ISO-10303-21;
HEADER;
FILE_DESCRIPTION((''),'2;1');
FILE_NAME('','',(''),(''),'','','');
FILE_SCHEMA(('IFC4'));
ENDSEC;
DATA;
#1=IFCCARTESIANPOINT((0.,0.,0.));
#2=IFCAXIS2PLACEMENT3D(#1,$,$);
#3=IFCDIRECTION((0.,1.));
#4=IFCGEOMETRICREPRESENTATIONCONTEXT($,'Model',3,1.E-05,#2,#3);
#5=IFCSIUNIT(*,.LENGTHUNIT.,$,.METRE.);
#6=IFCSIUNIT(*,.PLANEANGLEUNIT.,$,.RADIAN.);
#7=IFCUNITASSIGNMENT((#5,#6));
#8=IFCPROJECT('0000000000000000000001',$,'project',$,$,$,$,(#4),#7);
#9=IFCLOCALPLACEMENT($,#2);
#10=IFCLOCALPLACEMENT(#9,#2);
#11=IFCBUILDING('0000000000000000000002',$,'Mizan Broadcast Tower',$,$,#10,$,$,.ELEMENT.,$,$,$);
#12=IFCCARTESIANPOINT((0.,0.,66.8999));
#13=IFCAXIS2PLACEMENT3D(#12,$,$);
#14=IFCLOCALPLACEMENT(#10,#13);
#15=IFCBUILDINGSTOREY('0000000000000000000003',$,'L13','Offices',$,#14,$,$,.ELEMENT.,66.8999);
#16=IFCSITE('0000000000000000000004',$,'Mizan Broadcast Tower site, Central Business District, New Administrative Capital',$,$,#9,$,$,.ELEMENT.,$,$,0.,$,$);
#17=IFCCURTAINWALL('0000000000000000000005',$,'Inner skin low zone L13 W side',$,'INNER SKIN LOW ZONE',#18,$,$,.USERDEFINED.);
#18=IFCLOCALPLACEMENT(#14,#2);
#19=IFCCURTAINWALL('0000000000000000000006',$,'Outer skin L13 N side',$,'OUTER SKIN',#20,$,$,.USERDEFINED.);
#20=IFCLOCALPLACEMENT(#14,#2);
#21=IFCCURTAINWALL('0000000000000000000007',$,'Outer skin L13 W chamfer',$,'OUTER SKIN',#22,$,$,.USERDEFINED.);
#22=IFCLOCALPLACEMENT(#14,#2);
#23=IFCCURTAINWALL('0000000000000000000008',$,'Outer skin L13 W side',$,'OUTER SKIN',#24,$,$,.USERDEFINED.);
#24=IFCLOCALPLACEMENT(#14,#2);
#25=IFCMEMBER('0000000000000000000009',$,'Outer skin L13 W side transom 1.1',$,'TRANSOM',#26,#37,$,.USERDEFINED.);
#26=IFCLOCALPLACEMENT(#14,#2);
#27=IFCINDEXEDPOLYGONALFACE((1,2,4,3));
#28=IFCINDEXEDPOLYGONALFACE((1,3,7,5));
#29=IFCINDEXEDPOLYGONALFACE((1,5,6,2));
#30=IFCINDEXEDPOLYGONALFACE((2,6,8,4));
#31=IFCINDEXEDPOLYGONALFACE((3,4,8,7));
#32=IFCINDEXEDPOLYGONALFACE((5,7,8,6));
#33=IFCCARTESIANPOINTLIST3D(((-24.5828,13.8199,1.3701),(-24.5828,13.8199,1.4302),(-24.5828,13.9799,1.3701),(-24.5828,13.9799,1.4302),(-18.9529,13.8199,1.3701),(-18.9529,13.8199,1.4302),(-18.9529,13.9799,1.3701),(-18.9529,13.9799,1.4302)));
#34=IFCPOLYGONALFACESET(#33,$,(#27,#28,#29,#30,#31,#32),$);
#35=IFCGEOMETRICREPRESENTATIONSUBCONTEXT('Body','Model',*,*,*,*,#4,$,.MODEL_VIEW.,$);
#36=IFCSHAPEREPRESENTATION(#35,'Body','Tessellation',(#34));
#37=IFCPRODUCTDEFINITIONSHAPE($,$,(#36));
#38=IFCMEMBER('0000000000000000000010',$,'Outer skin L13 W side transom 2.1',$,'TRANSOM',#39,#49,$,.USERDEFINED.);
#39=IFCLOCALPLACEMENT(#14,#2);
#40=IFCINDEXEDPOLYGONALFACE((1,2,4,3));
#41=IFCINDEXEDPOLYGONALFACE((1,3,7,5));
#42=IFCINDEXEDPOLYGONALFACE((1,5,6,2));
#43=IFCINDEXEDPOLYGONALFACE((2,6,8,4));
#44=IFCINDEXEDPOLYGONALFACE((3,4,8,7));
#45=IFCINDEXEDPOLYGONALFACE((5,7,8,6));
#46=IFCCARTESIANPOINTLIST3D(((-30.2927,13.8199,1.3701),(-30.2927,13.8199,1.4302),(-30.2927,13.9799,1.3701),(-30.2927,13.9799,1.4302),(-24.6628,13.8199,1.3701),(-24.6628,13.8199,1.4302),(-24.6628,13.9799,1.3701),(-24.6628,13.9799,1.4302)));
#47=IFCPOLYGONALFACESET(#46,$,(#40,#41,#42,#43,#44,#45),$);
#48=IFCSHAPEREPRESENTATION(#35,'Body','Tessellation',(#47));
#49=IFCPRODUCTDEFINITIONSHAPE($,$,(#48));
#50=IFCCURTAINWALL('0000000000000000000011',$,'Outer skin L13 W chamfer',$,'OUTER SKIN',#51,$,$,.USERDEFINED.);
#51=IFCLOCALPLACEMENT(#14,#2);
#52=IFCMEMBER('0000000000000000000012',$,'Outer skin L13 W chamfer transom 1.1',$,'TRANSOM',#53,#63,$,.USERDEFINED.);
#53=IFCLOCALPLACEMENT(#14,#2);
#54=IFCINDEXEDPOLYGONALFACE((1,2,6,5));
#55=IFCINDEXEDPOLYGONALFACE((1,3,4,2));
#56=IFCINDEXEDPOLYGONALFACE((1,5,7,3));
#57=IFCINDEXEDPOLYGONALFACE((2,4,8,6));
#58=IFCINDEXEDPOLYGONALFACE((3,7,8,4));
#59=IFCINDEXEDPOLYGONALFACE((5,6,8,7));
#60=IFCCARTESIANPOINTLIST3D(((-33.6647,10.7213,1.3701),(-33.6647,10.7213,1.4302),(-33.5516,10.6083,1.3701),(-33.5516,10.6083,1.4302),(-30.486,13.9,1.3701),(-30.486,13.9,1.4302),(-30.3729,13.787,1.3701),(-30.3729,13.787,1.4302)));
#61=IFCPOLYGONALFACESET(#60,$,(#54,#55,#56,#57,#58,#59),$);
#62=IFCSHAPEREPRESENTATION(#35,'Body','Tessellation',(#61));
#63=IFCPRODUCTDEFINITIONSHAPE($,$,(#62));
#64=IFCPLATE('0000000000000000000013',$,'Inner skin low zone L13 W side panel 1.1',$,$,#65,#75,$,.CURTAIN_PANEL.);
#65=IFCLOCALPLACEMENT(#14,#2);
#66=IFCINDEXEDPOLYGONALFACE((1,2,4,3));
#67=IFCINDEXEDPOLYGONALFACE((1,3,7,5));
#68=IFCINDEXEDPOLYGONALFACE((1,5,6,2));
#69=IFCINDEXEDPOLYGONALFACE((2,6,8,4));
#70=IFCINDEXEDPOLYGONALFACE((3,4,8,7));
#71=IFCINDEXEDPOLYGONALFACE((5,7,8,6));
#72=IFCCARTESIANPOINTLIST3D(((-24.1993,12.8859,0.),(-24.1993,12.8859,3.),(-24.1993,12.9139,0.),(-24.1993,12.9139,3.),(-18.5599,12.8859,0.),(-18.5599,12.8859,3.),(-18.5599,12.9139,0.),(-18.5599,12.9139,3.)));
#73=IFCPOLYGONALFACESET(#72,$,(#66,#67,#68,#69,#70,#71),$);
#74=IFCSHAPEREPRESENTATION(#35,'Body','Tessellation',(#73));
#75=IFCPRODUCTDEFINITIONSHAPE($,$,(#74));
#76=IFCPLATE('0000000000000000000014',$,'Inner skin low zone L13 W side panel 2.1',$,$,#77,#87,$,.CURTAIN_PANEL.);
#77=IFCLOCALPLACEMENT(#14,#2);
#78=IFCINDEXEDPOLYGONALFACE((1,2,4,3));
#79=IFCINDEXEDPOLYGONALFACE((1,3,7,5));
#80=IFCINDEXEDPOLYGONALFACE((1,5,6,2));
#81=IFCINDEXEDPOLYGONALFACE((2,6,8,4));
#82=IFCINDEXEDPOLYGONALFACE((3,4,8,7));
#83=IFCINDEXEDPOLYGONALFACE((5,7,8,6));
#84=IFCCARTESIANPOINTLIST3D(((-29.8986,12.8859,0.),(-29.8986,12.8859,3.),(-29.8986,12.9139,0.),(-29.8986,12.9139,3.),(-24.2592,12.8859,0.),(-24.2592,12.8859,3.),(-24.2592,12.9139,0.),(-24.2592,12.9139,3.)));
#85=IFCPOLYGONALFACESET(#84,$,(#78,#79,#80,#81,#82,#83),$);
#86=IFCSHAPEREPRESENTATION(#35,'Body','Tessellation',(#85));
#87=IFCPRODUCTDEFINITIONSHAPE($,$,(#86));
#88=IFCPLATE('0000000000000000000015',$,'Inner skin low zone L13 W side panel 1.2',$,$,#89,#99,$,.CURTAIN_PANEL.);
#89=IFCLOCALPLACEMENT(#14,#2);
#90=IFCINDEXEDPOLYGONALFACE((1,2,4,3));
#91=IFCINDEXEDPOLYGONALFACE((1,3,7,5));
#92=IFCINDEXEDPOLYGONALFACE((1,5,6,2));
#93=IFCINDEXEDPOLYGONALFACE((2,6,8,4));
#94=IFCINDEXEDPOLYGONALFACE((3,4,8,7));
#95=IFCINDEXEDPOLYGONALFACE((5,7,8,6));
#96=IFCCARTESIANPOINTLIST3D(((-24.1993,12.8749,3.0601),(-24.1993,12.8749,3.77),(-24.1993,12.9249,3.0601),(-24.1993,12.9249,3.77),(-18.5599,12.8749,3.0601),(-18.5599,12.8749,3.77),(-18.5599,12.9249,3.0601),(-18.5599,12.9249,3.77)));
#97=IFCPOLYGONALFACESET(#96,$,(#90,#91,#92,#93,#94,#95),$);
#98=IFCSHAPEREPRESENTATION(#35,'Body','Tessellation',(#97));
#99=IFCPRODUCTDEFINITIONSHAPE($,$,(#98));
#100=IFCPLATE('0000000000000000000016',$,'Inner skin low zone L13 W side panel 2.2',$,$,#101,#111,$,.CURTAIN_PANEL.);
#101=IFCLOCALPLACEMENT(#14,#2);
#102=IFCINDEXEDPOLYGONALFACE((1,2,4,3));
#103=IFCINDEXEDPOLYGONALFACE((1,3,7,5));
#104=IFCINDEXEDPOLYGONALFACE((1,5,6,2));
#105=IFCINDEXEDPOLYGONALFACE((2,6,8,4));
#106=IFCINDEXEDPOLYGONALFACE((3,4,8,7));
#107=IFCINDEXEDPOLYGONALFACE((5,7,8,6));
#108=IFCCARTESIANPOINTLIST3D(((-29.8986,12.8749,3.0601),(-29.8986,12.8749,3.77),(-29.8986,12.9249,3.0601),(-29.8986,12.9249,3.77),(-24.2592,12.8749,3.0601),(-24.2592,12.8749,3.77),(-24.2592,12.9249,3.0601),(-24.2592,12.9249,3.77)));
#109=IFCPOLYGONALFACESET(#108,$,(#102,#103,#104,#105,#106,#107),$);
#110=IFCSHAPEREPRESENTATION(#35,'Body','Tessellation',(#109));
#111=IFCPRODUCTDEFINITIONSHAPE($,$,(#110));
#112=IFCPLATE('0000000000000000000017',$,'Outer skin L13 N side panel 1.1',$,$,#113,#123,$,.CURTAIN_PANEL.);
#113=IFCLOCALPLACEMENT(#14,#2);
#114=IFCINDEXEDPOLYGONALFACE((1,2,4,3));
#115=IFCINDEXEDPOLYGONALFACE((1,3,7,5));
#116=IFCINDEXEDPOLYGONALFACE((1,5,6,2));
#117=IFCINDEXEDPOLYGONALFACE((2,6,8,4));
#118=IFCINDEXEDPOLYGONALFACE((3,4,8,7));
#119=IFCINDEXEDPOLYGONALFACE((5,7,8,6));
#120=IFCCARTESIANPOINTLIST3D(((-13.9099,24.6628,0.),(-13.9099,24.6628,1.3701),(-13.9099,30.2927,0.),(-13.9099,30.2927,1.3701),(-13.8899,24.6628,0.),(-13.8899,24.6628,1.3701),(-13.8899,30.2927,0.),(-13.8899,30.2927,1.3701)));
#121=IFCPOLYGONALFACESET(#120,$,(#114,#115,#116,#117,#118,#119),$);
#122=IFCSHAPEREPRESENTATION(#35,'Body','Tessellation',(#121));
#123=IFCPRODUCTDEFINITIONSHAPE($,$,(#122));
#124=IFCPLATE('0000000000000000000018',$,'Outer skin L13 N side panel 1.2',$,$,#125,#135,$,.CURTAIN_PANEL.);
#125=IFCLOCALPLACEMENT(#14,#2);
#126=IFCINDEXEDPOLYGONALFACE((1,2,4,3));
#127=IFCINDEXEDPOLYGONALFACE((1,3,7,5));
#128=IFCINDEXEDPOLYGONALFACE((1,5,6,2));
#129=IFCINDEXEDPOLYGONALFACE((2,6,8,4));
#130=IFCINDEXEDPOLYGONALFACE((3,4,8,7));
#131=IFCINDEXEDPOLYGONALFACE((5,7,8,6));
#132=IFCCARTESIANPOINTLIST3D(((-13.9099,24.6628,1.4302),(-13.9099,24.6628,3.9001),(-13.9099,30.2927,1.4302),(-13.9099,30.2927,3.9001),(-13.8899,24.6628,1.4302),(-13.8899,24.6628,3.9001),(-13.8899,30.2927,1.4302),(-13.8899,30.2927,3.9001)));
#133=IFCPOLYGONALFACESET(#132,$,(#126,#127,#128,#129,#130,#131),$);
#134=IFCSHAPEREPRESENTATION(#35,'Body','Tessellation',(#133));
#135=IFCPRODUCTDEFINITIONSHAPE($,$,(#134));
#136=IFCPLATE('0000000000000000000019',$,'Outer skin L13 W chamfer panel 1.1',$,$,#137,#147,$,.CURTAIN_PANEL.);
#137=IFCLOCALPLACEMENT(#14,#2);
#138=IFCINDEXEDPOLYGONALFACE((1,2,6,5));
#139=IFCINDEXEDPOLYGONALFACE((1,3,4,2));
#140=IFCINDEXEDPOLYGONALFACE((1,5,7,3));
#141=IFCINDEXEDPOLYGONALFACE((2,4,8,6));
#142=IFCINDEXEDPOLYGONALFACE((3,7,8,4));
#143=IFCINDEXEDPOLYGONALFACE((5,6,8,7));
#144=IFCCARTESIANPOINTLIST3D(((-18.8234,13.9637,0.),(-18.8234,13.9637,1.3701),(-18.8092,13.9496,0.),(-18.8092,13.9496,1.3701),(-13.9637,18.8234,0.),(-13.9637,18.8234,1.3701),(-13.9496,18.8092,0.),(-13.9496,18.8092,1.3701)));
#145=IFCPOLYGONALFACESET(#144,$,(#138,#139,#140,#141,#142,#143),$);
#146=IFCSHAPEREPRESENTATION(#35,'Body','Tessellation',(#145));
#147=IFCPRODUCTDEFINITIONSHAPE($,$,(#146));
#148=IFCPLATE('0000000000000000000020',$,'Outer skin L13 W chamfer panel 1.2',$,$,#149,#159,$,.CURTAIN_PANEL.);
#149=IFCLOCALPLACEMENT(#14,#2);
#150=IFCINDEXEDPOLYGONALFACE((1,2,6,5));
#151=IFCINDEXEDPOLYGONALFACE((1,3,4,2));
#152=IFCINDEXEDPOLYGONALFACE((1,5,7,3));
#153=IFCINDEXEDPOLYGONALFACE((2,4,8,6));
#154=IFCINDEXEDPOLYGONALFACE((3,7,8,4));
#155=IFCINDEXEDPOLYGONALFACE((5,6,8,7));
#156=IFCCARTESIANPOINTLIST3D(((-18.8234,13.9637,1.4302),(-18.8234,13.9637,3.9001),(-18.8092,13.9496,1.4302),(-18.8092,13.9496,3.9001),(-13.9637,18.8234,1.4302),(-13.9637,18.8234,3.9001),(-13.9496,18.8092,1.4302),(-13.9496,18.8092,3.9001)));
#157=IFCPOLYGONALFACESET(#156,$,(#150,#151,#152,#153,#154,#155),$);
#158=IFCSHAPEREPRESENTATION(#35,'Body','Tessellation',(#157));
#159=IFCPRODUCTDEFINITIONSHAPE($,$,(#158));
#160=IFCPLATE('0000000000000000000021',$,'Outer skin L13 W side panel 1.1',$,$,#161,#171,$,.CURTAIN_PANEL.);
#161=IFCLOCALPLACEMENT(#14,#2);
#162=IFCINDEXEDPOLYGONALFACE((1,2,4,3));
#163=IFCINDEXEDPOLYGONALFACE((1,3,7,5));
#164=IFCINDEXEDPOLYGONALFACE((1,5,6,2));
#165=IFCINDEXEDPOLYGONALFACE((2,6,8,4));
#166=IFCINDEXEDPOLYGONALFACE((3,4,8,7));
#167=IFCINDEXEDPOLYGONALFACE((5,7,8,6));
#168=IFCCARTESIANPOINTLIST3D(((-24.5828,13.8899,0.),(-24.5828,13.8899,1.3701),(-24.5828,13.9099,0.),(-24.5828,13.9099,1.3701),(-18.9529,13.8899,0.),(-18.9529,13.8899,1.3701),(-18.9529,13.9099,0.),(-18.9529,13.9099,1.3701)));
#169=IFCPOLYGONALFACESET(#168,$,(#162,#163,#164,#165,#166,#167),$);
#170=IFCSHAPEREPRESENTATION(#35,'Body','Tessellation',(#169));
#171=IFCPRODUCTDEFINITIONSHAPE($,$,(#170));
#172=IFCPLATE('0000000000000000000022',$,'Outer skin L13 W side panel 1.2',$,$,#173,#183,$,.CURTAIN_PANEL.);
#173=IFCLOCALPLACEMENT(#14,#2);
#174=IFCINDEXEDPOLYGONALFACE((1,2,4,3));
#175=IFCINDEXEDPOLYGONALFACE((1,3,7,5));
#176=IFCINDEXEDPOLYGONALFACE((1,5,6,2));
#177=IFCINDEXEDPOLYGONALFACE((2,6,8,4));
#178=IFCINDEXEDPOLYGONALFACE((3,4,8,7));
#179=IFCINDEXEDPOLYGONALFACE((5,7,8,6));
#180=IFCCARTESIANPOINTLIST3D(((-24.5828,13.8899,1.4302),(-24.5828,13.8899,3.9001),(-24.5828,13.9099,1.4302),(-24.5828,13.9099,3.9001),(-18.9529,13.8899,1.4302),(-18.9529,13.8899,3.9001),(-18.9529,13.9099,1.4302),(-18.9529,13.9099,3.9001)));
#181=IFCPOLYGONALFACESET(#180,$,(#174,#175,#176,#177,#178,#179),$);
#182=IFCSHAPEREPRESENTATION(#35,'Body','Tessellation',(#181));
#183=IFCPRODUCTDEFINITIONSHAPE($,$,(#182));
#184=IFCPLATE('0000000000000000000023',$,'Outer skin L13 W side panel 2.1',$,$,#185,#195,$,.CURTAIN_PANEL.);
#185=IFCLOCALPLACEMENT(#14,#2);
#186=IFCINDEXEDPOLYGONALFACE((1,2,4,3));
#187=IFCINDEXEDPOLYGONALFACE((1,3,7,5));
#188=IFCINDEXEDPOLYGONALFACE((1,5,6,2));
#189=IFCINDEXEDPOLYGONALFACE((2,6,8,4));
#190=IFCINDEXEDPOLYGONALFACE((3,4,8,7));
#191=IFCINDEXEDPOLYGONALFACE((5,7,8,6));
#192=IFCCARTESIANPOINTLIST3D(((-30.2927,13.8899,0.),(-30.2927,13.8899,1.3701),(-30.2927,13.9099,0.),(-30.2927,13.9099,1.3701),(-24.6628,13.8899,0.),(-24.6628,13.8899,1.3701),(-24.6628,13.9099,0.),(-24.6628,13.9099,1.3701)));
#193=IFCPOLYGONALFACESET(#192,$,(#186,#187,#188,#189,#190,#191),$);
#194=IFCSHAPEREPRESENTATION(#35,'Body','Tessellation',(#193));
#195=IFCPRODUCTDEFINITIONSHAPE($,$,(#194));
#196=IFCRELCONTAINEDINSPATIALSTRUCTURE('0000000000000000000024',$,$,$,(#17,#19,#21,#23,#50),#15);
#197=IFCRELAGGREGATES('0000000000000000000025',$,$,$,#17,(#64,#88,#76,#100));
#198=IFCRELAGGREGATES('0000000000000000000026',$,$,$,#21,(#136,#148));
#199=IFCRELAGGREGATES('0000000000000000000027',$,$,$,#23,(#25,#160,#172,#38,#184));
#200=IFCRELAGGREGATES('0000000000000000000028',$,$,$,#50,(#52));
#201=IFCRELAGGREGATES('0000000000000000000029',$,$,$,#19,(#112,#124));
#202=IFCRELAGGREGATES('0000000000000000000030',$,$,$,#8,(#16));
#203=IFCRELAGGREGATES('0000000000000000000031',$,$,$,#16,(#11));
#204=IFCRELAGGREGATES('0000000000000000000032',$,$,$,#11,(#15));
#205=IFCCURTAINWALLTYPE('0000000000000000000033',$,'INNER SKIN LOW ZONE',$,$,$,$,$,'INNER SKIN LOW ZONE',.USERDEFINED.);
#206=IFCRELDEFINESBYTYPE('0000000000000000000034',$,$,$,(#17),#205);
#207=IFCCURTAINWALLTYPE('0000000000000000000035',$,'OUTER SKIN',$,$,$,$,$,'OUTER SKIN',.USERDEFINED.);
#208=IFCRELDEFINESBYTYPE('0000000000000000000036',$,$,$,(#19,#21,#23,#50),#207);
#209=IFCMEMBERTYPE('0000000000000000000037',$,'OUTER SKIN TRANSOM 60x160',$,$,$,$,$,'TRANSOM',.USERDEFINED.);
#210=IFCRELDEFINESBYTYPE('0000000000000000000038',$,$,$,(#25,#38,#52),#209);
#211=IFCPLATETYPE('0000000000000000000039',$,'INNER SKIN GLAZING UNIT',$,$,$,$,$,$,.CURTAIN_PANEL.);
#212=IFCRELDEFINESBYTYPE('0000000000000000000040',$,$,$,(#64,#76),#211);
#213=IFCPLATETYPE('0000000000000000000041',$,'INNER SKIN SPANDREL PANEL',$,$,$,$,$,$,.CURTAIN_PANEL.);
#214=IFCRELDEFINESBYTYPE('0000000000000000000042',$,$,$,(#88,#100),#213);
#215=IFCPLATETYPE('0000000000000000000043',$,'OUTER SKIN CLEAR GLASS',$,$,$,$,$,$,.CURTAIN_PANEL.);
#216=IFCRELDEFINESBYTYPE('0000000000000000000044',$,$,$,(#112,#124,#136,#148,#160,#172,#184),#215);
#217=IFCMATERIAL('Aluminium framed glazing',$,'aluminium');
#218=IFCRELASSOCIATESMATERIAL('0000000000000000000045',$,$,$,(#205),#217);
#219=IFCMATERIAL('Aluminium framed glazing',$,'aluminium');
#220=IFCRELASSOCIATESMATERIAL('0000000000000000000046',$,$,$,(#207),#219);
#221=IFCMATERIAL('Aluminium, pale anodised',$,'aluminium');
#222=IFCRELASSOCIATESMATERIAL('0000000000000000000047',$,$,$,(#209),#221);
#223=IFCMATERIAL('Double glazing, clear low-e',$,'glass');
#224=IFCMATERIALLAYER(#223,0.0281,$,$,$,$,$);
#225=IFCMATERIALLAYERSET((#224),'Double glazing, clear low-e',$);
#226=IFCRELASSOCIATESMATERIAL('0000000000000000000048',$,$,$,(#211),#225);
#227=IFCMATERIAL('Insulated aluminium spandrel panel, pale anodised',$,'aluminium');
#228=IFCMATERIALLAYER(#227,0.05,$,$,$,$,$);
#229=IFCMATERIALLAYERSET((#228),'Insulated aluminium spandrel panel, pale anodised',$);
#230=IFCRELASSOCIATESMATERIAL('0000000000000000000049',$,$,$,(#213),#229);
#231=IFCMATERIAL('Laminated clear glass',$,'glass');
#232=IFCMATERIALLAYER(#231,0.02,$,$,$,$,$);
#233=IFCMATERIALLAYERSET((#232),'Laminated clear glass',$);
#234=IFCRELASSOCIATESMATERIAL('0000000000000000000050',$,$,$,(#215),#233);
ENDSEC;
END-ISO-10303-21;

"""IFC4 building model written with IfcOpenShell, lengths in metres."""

from ifc_helpers import new_model, si_unit, direction, frame, origin, origin_2d, place, context, subcontext, project, spatial, rectangle, extrude, material, layer, layer_set, material_profile, profile_set, type_object, element, aggregate, save


model = new_model("IFC4")

# Units and contexts
model_context = context("Model", 3, precision=1e-05, world=origin(), true_north=direction((0.0, 1.0)))
body_context = subcontext(model_context, "Body", "Model", "MODEL_VIEW")
ifc_project = project(units=[si_unit("LENGTHUNIT", "METRE"), si_unit("PLANEANGLEUNIT", "RADIAN")], contexts=[model_context])

# Site, building, storey
site_placement = place(None, origin())
site = spatial("IfcSite", under=ifc_project, at=site_placement, Name="Mizan Broadcast Tower site, Central Business District, New Administrative Capital", CompositionType="ELEMENT", RefElevation=0.0)
building_placement = place(site_placement, origin())
building = spatial("IfcBuilding", under=site, at=building_placement, Name="Mizan Broadcast Tower", CompositionType="ELEMENT")
storey_placement = place(building_placement, frame((0.0, 0.0, 66.8999)))
storey = spatial("IfcBuildingStorey", under=building, at=storey_placement, Name="L13", Description="Offices", CompositionType="ELEMENT", Elevation=66.8999)

# Curtain wall
ifc_material_1 = material(Name="Aluminium framed glazing", Category="aluminium")
curtain_wall_type_1 = type_object("IfcCurtainWallType", Name="INNER SKIN LOW ZONE", ElementType="INNER SKIN LOW ZONE", PredefinedType="USERDEFINED", material=ifc_material_1)
curtain_wall_1_placement = place(storey_placement, origin())
curtain_wall_1 = element("IfcCurtainWall", 1, at=curtain_wall_1_placement, inside=storey, type_object=curtain_wall_type_1, Name="Inner skin low zone L13 W side", ObjectType="INNER SKIN LOW ZONE", PredefinedType="USERDEFINED")

# Shared definitions
ifc_material_2 = material(Name="Aluminium framed glazing", Category="aluminium")
curtain_wall_type_2 = type_object("IfcCurtainWallType", Name="OUTER SKIN", ElementType="OUTER SKIN", PredefinedType="USERDEFINED", material=ifc_material_2)

# Curtain wall
curtain_wall_2_placement = place(storey_placement, origin())
curtain_wall_2 = element("IfcCurtainWall", 2, at=curtain_wall_2_placement, inside=storey, type_object=curtain_wall_type_2, Name="Outer skin L13 N side", ObjectType="OUTER SKIN", PredefinedType="USERDEFINED")

# Curtain wall
curtain_wall_3_placement = place(storey_placement, origin())
curtain_wall_3 = element("IfcCurtainWall", 3, at=curtain_wall_3_placement, inside=storey, type_object=curtain_wall_type_2, Name="Outer skin L13 W chamfer", ObjectType="OUTER SKIN", PredefinedType="USERDEFINED")

# Curtain wall
curtain_wall_4_placement = place(storey_placement, origin())
curtain_wall_4 = element("IfcCurtainWall", 4, at=curtain_wall_4_placement, inside=storey, type_object=curtain_wall_type_2, Name="Outer skin L13 W side", ObjectType="OUTER SKIN", PredefinedType="USERDEFINED")

# Members
ifc_material_3 = material(Name="Aluminium, pale anodised", Category="aluminium")
ifc_material_profile_1 = material_profile(ifc_material_3, rectangle(XDim=0.1599, YDim=0.0601, at=origin_2d()), Name="TRANSOM 160x60")
ifc_profile_set_1 = profile_set([ifc_material_profile_1], Name="Aluminium, pale anodised")
member_type_1 = type_object("IfcMemberType", Name="OUTER SKIN TRANSOM 60x160", ElementType="TRANSOM", PredefinedType="USERDEFINED", material=ifc_profile_set_1)
member_1_placement = place(storey_placement, frame((-18.9529, 13.8999, 1.4001), z_axis=(-1.0, 0.0, 0.0), x_axis=(0.0, -1.0, 0.0)))
member_1 = element("IfcMember", 5, at=member_1_placement, type_object=member_type_1, Name="Outer skin L13 W side transom 1.1", ObjectType="TRANSOM", PredefinedType="USERDEFINED", context=body_context, shape_type="SweptSolid", body=[
    extrude(rectangle(XDim=0.1599, YDim=0.0601, at=origin_2d()), origin(), (0.0, 0.0, 1.0), 5.6299),
])
member_2_placement = place(storey_placement, frame((-24.6628, 13.8999, 1.4001), z_axis=(-1.0, 0.0, 0.0), x_axis=(0.0, -1.0, 0.0)))
member_2 = element("IfcMember", 6, at=member_2_placement, type_object=member_type_1, Name="Outer skin L13 W side transom 2.1", ObjectType="TRANSOM", PredefinedType="USERDEFINED", context=body_context, shape_type="SweptSolid", body=[
    extrude(rectangle(XDim=0.1599, YDim=0.0601, at=origin_2d()), origin(), (0.0, 0.0, 1.0), 5.6299),
])

# Curtain wall, member
curtain_wall_5_placement = place(storey_placement, origin())
curtain_wall_5 = element("IfcCurtainWall", 7, at=curtain_wall_5_placement, inside=storey, type_object=curtain_wall_type_2, Name="Outer skin L13 W chamfer", ObjectType="OUTER SKIN", PredefinedType="USERDEFINED")
member_3_placement = place(storey_placement, frame((-30.4294, 13.8435, 1.4001), z_axis=(-0.707107, -0.707107, 0.0), x_axis=(0.707107, -0.707107, 0.0)))
member_3 = element("IfcMember", 8, at=member_3_placement, type_object=member_type_1, Name="Outer skin L13 W chamfer transom 1.1", ObjectType="TRANSOM", PredefinedType="USERDEFINED", context=body_context, shape_type="SweptSolid", body=[
    extrude(rectangle(XDim=0.1599, YDim=0.0601, at=origin_2d()), origin(), (0.0, 0.0, 1.0), 4.4954),
])

# Plates
ifc_material_4 = material(Name="Double glazing, clear low-e", Category="glass")
ifc_layer_1 = layer(ifc_material_4, 0.0281)
ifc_layer_set_1 = layer_set([ifc_layer_1], Name="Double glazing, clear low-e")
plate_type_1 = type_object("IfcPlateType", Name="INNER SKIN GLAZING UNIT", PredefinedType="CURTAIN_PANEL", material=ifc_layer_set_1)
plate_1_placement = place(storey_placement, frame((-21.3796, 12.8999, 0.0), z_axis=(0.0, 0.0, 1.0), x_axis=(-1.0, 0.0, 0.0)))
plate_1 = element("IfcPlate", 9, at=plate_1_placement, type_object=plate_type_1, Name="Inner skin low zone L13 W side panel 1.1", PredefinedType="CURTAIN_PANEL", context=body_context, shape_type="SweptSolid", body=[
    extrude(rectangle(XDim=5.6394, YDim=0.0281, at=origin_2d()), origin(), (0.0, 0.0, 1.0), 3.0),
])
plate_2_placement = place(storey_placement, frame((-27.0789, 12.8999, 0.0), z_axis=(0.0, 0.0, 1.0), x_axis=(-1.0, 0.0, 0.0)))
plate_2 = element("IfcPlate", 10, at=plate_2_placement, type_object=plate_type_1, Name="Inner skin low zone L13 W side panel 2.1", PredefinedType="CURTAIN_PANEL", context=body_context, shape_type="SweptSolid", body=[
    extrude(rectangle(XDim=5.6394, YDim=0.0281, at=origin_2d()), origin(), (0.0, 0.0, 1.0), 3.0),
])
ifc_material_5 = material(Name="Insulated aluminium spandrel panel, pale anodised", Category="aluminium")
ifc_layer_2 = layer(ifc_material_5, 0.05)
ifc_layer_set_2 = layer_set([ifc_layer_2], Name="Insulated aluminium spandrel panel, pale anodised")
plate_type_2 = type_object("IfcPlateType", Name="INNER SKIN SPANDREL PANEL", PredefinedType="CURTAIN_PANEL", material=ifc_layer_set_2)
plate_3_placement = place(storey_placement, frame((-21.3796, 12.8999, 3.0601), z_axis=(0.0, 0.0, 1.0), x_axis=(-1.0, 0.0, 0.0)))
plate_3 = element("IfcPlate", 11, at=plate_3_placement, type_object=plate_type_2, Name="Inner skin low zone L13 W side panel 1.2", PredefinedType="CURTAIN_PANEL", context=body_context, shape_type="SweptSolid", body=[
    extrude(rectangle(XDim=5.6394, YDim=0.05, at=origin_2d()), origin(), (0.0, 0.0, 1.0), 0.71),
])
plate_4_placement = place(storey_placement, frame((-27.0789, 12.8999, 3.0601), z_axis=(0.0, 0.0, 1.0), x_axis=(-1.0, 0.0, 0.0)))
plate_4 = element("IfcPlate", 12, at=plate_4_placement, type_object=plate_type_2, Name="Inner skin low zone L13 W side panel 2.2", PredefinedType="CURTAIN_PANEL", context=body_context, shape_type="SweptSolid", body=[
    extrude(rectangle(XDim=5.6394, YDim=0.05, at=origin_2d()), origin(), (0.0, 0.0, 1.0), 0.71),
])
aggregate(curtain_wall_1, [plate_1, plate_3, plate_2, plate_4])
ifc_material_6 = material(Name="Laminated clear glass", Category="glass")
ifc_layer_3 = layer(ifc_material_6, 0.02)
ifc_layer_set_3 = layer_set([ifc_layer_3], Name="Laminated clear glass")
plate_type_3 = type_object("IfcPlateType", Name="OUTER SKIN CLEAR GLASS", PredefinedType="CURTAIN_PANEL", material=ifc_layer_set_3)
plate_5_placement = place(storey_placement, frame((-13.8999, 27.4778, 0.0), z_axis=(0.0, 0.0, 1.0), x_axis=(0.0, -1.0, 0.0)))
plate_5 = element("IfcPlate", 13, at=plate_5_placement, type_object=plate_type_3, Name="Outer skin L13 N side panel 1.1", PredefinedType="CURTAIN_PANEL", context=body_context, shape_type="SweptSolid", body=[
    extrude(rectangle(XDim=5.6299, YDim=0.02, at=origin_2d()), origin(), (0.0, 0.0, 1.0), 1.3701),
])
plate_6_placement = place(storey_placement, frame((-13.8999, 27.4778, 1.4302), z_axis=(0.0, 0.0, 1.0), x_axis=(0.0, -1.0, 0.0)))
plate_6 = element("IfcPlate", 14, at=plate_6_placement, type_object=plate_type_3, Name="Outer skin L13 N side panel 1.2", PredefinedType="CURTAIN_PANEL", context=body_context, shape_type="SweptSolid", body=[
    extrude(rectangle(XDim=5.6299, YDim=0.02, at=origin_2d()), origin(), (0.0, 0.0, 1.0), 2.47),
])
plate_7_placement = place(storey_placement, frame((-16.3865, 16.3865, 0.0), z_axis=(0.0, 0.0, 1.0), x_axis=(-0.707107, -0.707107, 0.0)))
plate_7 = element("IfcPlate", 15, at=plate_7_placement, type_object=plate_type_3, Name="Outer skin L13 W chamfer panel 1.1", PredefinedType="CURTAIN_PANEL", context=body_context, shape_type="SweptSolid", body=[
    extrude(rectangle(XDim=6.8726, YDim=0.02, at=origin_2d()), origin(), (0.0, 0.0, 1.0), 1.3701),
])
plate_8_placement = place(storey_placement, frame((-16.3865, 16.3865, 1.4302), z_axis=(0.0, 0.0, 1.0), x_axis=(-0.707107, -0.707107, 0.0)))
plate_8 = element("IfcPlate", 16, at=plate_8_placement, type_object=plate_type_3, Name="Outer skin L13 W chamfer panel 1.2", PredefinedType="CURTAIN_PANEL", context=body_context, shape_type="SweptSolid", body=[
    extrude(rectangle(XDim=6.8726, YDim=0.02, at=origin_2d()), origin(), (0.0, 0.0, 1.0), 2.47),
])
aggregate(curtain_wall_3, [plate_7, plate_8])
plate_9_placement = place(storey_placement, frame((-21.7678, 13.8999, 0.0), z_axis=(0.0, 0.0, 1.0), x_axis=(-1.0, 0.0, 0.0)))
plate_9 = element("IfcPlate", 17, at=plate_9_placement, type_object=plate_type_3, Name="Outer skin L13 W side panel 1.1", PredefinedType="CURTAIN_PANEL", context=body_context, shape_type="SweptSolid", body=[
    extrude(rectangle(XDim=5.6299, YDim=0.02, at=origin_2d()), origin(), (0.0, 0.0, 1.0), 1.3701),
])
plate_10_placement = place(storey_placement, frame((-21.7678, 13.8999, 1.4302), z_axis=(0.0, 0.0, 1.0), x_axis=(-1.0, 0.0, 0.0)))
plate_10 = element("IfcPlate", 18, at=plate_10_placement, type_object=plate_type_3, Name="Outer skin L13 W side panel 1.2", PredefinedType="CURTAIN_PANEL", context=body_context, shape_type="SweptSolid", body=[
    extrude(rectangle(XDim=5.6299, YDim=0.02, at=origin_2d()), origin(), (0.0, 0.0, 1.0), 2.47),
])
plate_11_placement = place(storey_placement, frame((-27.4778, 13.8999, 0.0), z_axis=(0.0, 0.0, 1.0), x_axis=(-1.0, 0.0, 0.0)))
plate_11 = element("IfcPlate", 19, at=plate_11_placement, type_object=plate_type_3, Name="Outer skin L13 W side panel 2.1", PredefinedType="CURTAIN_PANEL", context=body_context, shape_type="SweptSolid", body=[
    extrude(rectangle(XDim=5.6299, YDim=0.02, at=origin_2d()), origin(), (0.0, 0.0, 1.0), 1.3701),
])
aggregate(curtain_wall_4, [member_1, plate_9, plate_10, member_2, plate_11])
aggregate(curtain_wall_5, [member_3])
aggregate(curtain_wall_2, [plate_5, plate_6])

save(model, "model.ifc")
